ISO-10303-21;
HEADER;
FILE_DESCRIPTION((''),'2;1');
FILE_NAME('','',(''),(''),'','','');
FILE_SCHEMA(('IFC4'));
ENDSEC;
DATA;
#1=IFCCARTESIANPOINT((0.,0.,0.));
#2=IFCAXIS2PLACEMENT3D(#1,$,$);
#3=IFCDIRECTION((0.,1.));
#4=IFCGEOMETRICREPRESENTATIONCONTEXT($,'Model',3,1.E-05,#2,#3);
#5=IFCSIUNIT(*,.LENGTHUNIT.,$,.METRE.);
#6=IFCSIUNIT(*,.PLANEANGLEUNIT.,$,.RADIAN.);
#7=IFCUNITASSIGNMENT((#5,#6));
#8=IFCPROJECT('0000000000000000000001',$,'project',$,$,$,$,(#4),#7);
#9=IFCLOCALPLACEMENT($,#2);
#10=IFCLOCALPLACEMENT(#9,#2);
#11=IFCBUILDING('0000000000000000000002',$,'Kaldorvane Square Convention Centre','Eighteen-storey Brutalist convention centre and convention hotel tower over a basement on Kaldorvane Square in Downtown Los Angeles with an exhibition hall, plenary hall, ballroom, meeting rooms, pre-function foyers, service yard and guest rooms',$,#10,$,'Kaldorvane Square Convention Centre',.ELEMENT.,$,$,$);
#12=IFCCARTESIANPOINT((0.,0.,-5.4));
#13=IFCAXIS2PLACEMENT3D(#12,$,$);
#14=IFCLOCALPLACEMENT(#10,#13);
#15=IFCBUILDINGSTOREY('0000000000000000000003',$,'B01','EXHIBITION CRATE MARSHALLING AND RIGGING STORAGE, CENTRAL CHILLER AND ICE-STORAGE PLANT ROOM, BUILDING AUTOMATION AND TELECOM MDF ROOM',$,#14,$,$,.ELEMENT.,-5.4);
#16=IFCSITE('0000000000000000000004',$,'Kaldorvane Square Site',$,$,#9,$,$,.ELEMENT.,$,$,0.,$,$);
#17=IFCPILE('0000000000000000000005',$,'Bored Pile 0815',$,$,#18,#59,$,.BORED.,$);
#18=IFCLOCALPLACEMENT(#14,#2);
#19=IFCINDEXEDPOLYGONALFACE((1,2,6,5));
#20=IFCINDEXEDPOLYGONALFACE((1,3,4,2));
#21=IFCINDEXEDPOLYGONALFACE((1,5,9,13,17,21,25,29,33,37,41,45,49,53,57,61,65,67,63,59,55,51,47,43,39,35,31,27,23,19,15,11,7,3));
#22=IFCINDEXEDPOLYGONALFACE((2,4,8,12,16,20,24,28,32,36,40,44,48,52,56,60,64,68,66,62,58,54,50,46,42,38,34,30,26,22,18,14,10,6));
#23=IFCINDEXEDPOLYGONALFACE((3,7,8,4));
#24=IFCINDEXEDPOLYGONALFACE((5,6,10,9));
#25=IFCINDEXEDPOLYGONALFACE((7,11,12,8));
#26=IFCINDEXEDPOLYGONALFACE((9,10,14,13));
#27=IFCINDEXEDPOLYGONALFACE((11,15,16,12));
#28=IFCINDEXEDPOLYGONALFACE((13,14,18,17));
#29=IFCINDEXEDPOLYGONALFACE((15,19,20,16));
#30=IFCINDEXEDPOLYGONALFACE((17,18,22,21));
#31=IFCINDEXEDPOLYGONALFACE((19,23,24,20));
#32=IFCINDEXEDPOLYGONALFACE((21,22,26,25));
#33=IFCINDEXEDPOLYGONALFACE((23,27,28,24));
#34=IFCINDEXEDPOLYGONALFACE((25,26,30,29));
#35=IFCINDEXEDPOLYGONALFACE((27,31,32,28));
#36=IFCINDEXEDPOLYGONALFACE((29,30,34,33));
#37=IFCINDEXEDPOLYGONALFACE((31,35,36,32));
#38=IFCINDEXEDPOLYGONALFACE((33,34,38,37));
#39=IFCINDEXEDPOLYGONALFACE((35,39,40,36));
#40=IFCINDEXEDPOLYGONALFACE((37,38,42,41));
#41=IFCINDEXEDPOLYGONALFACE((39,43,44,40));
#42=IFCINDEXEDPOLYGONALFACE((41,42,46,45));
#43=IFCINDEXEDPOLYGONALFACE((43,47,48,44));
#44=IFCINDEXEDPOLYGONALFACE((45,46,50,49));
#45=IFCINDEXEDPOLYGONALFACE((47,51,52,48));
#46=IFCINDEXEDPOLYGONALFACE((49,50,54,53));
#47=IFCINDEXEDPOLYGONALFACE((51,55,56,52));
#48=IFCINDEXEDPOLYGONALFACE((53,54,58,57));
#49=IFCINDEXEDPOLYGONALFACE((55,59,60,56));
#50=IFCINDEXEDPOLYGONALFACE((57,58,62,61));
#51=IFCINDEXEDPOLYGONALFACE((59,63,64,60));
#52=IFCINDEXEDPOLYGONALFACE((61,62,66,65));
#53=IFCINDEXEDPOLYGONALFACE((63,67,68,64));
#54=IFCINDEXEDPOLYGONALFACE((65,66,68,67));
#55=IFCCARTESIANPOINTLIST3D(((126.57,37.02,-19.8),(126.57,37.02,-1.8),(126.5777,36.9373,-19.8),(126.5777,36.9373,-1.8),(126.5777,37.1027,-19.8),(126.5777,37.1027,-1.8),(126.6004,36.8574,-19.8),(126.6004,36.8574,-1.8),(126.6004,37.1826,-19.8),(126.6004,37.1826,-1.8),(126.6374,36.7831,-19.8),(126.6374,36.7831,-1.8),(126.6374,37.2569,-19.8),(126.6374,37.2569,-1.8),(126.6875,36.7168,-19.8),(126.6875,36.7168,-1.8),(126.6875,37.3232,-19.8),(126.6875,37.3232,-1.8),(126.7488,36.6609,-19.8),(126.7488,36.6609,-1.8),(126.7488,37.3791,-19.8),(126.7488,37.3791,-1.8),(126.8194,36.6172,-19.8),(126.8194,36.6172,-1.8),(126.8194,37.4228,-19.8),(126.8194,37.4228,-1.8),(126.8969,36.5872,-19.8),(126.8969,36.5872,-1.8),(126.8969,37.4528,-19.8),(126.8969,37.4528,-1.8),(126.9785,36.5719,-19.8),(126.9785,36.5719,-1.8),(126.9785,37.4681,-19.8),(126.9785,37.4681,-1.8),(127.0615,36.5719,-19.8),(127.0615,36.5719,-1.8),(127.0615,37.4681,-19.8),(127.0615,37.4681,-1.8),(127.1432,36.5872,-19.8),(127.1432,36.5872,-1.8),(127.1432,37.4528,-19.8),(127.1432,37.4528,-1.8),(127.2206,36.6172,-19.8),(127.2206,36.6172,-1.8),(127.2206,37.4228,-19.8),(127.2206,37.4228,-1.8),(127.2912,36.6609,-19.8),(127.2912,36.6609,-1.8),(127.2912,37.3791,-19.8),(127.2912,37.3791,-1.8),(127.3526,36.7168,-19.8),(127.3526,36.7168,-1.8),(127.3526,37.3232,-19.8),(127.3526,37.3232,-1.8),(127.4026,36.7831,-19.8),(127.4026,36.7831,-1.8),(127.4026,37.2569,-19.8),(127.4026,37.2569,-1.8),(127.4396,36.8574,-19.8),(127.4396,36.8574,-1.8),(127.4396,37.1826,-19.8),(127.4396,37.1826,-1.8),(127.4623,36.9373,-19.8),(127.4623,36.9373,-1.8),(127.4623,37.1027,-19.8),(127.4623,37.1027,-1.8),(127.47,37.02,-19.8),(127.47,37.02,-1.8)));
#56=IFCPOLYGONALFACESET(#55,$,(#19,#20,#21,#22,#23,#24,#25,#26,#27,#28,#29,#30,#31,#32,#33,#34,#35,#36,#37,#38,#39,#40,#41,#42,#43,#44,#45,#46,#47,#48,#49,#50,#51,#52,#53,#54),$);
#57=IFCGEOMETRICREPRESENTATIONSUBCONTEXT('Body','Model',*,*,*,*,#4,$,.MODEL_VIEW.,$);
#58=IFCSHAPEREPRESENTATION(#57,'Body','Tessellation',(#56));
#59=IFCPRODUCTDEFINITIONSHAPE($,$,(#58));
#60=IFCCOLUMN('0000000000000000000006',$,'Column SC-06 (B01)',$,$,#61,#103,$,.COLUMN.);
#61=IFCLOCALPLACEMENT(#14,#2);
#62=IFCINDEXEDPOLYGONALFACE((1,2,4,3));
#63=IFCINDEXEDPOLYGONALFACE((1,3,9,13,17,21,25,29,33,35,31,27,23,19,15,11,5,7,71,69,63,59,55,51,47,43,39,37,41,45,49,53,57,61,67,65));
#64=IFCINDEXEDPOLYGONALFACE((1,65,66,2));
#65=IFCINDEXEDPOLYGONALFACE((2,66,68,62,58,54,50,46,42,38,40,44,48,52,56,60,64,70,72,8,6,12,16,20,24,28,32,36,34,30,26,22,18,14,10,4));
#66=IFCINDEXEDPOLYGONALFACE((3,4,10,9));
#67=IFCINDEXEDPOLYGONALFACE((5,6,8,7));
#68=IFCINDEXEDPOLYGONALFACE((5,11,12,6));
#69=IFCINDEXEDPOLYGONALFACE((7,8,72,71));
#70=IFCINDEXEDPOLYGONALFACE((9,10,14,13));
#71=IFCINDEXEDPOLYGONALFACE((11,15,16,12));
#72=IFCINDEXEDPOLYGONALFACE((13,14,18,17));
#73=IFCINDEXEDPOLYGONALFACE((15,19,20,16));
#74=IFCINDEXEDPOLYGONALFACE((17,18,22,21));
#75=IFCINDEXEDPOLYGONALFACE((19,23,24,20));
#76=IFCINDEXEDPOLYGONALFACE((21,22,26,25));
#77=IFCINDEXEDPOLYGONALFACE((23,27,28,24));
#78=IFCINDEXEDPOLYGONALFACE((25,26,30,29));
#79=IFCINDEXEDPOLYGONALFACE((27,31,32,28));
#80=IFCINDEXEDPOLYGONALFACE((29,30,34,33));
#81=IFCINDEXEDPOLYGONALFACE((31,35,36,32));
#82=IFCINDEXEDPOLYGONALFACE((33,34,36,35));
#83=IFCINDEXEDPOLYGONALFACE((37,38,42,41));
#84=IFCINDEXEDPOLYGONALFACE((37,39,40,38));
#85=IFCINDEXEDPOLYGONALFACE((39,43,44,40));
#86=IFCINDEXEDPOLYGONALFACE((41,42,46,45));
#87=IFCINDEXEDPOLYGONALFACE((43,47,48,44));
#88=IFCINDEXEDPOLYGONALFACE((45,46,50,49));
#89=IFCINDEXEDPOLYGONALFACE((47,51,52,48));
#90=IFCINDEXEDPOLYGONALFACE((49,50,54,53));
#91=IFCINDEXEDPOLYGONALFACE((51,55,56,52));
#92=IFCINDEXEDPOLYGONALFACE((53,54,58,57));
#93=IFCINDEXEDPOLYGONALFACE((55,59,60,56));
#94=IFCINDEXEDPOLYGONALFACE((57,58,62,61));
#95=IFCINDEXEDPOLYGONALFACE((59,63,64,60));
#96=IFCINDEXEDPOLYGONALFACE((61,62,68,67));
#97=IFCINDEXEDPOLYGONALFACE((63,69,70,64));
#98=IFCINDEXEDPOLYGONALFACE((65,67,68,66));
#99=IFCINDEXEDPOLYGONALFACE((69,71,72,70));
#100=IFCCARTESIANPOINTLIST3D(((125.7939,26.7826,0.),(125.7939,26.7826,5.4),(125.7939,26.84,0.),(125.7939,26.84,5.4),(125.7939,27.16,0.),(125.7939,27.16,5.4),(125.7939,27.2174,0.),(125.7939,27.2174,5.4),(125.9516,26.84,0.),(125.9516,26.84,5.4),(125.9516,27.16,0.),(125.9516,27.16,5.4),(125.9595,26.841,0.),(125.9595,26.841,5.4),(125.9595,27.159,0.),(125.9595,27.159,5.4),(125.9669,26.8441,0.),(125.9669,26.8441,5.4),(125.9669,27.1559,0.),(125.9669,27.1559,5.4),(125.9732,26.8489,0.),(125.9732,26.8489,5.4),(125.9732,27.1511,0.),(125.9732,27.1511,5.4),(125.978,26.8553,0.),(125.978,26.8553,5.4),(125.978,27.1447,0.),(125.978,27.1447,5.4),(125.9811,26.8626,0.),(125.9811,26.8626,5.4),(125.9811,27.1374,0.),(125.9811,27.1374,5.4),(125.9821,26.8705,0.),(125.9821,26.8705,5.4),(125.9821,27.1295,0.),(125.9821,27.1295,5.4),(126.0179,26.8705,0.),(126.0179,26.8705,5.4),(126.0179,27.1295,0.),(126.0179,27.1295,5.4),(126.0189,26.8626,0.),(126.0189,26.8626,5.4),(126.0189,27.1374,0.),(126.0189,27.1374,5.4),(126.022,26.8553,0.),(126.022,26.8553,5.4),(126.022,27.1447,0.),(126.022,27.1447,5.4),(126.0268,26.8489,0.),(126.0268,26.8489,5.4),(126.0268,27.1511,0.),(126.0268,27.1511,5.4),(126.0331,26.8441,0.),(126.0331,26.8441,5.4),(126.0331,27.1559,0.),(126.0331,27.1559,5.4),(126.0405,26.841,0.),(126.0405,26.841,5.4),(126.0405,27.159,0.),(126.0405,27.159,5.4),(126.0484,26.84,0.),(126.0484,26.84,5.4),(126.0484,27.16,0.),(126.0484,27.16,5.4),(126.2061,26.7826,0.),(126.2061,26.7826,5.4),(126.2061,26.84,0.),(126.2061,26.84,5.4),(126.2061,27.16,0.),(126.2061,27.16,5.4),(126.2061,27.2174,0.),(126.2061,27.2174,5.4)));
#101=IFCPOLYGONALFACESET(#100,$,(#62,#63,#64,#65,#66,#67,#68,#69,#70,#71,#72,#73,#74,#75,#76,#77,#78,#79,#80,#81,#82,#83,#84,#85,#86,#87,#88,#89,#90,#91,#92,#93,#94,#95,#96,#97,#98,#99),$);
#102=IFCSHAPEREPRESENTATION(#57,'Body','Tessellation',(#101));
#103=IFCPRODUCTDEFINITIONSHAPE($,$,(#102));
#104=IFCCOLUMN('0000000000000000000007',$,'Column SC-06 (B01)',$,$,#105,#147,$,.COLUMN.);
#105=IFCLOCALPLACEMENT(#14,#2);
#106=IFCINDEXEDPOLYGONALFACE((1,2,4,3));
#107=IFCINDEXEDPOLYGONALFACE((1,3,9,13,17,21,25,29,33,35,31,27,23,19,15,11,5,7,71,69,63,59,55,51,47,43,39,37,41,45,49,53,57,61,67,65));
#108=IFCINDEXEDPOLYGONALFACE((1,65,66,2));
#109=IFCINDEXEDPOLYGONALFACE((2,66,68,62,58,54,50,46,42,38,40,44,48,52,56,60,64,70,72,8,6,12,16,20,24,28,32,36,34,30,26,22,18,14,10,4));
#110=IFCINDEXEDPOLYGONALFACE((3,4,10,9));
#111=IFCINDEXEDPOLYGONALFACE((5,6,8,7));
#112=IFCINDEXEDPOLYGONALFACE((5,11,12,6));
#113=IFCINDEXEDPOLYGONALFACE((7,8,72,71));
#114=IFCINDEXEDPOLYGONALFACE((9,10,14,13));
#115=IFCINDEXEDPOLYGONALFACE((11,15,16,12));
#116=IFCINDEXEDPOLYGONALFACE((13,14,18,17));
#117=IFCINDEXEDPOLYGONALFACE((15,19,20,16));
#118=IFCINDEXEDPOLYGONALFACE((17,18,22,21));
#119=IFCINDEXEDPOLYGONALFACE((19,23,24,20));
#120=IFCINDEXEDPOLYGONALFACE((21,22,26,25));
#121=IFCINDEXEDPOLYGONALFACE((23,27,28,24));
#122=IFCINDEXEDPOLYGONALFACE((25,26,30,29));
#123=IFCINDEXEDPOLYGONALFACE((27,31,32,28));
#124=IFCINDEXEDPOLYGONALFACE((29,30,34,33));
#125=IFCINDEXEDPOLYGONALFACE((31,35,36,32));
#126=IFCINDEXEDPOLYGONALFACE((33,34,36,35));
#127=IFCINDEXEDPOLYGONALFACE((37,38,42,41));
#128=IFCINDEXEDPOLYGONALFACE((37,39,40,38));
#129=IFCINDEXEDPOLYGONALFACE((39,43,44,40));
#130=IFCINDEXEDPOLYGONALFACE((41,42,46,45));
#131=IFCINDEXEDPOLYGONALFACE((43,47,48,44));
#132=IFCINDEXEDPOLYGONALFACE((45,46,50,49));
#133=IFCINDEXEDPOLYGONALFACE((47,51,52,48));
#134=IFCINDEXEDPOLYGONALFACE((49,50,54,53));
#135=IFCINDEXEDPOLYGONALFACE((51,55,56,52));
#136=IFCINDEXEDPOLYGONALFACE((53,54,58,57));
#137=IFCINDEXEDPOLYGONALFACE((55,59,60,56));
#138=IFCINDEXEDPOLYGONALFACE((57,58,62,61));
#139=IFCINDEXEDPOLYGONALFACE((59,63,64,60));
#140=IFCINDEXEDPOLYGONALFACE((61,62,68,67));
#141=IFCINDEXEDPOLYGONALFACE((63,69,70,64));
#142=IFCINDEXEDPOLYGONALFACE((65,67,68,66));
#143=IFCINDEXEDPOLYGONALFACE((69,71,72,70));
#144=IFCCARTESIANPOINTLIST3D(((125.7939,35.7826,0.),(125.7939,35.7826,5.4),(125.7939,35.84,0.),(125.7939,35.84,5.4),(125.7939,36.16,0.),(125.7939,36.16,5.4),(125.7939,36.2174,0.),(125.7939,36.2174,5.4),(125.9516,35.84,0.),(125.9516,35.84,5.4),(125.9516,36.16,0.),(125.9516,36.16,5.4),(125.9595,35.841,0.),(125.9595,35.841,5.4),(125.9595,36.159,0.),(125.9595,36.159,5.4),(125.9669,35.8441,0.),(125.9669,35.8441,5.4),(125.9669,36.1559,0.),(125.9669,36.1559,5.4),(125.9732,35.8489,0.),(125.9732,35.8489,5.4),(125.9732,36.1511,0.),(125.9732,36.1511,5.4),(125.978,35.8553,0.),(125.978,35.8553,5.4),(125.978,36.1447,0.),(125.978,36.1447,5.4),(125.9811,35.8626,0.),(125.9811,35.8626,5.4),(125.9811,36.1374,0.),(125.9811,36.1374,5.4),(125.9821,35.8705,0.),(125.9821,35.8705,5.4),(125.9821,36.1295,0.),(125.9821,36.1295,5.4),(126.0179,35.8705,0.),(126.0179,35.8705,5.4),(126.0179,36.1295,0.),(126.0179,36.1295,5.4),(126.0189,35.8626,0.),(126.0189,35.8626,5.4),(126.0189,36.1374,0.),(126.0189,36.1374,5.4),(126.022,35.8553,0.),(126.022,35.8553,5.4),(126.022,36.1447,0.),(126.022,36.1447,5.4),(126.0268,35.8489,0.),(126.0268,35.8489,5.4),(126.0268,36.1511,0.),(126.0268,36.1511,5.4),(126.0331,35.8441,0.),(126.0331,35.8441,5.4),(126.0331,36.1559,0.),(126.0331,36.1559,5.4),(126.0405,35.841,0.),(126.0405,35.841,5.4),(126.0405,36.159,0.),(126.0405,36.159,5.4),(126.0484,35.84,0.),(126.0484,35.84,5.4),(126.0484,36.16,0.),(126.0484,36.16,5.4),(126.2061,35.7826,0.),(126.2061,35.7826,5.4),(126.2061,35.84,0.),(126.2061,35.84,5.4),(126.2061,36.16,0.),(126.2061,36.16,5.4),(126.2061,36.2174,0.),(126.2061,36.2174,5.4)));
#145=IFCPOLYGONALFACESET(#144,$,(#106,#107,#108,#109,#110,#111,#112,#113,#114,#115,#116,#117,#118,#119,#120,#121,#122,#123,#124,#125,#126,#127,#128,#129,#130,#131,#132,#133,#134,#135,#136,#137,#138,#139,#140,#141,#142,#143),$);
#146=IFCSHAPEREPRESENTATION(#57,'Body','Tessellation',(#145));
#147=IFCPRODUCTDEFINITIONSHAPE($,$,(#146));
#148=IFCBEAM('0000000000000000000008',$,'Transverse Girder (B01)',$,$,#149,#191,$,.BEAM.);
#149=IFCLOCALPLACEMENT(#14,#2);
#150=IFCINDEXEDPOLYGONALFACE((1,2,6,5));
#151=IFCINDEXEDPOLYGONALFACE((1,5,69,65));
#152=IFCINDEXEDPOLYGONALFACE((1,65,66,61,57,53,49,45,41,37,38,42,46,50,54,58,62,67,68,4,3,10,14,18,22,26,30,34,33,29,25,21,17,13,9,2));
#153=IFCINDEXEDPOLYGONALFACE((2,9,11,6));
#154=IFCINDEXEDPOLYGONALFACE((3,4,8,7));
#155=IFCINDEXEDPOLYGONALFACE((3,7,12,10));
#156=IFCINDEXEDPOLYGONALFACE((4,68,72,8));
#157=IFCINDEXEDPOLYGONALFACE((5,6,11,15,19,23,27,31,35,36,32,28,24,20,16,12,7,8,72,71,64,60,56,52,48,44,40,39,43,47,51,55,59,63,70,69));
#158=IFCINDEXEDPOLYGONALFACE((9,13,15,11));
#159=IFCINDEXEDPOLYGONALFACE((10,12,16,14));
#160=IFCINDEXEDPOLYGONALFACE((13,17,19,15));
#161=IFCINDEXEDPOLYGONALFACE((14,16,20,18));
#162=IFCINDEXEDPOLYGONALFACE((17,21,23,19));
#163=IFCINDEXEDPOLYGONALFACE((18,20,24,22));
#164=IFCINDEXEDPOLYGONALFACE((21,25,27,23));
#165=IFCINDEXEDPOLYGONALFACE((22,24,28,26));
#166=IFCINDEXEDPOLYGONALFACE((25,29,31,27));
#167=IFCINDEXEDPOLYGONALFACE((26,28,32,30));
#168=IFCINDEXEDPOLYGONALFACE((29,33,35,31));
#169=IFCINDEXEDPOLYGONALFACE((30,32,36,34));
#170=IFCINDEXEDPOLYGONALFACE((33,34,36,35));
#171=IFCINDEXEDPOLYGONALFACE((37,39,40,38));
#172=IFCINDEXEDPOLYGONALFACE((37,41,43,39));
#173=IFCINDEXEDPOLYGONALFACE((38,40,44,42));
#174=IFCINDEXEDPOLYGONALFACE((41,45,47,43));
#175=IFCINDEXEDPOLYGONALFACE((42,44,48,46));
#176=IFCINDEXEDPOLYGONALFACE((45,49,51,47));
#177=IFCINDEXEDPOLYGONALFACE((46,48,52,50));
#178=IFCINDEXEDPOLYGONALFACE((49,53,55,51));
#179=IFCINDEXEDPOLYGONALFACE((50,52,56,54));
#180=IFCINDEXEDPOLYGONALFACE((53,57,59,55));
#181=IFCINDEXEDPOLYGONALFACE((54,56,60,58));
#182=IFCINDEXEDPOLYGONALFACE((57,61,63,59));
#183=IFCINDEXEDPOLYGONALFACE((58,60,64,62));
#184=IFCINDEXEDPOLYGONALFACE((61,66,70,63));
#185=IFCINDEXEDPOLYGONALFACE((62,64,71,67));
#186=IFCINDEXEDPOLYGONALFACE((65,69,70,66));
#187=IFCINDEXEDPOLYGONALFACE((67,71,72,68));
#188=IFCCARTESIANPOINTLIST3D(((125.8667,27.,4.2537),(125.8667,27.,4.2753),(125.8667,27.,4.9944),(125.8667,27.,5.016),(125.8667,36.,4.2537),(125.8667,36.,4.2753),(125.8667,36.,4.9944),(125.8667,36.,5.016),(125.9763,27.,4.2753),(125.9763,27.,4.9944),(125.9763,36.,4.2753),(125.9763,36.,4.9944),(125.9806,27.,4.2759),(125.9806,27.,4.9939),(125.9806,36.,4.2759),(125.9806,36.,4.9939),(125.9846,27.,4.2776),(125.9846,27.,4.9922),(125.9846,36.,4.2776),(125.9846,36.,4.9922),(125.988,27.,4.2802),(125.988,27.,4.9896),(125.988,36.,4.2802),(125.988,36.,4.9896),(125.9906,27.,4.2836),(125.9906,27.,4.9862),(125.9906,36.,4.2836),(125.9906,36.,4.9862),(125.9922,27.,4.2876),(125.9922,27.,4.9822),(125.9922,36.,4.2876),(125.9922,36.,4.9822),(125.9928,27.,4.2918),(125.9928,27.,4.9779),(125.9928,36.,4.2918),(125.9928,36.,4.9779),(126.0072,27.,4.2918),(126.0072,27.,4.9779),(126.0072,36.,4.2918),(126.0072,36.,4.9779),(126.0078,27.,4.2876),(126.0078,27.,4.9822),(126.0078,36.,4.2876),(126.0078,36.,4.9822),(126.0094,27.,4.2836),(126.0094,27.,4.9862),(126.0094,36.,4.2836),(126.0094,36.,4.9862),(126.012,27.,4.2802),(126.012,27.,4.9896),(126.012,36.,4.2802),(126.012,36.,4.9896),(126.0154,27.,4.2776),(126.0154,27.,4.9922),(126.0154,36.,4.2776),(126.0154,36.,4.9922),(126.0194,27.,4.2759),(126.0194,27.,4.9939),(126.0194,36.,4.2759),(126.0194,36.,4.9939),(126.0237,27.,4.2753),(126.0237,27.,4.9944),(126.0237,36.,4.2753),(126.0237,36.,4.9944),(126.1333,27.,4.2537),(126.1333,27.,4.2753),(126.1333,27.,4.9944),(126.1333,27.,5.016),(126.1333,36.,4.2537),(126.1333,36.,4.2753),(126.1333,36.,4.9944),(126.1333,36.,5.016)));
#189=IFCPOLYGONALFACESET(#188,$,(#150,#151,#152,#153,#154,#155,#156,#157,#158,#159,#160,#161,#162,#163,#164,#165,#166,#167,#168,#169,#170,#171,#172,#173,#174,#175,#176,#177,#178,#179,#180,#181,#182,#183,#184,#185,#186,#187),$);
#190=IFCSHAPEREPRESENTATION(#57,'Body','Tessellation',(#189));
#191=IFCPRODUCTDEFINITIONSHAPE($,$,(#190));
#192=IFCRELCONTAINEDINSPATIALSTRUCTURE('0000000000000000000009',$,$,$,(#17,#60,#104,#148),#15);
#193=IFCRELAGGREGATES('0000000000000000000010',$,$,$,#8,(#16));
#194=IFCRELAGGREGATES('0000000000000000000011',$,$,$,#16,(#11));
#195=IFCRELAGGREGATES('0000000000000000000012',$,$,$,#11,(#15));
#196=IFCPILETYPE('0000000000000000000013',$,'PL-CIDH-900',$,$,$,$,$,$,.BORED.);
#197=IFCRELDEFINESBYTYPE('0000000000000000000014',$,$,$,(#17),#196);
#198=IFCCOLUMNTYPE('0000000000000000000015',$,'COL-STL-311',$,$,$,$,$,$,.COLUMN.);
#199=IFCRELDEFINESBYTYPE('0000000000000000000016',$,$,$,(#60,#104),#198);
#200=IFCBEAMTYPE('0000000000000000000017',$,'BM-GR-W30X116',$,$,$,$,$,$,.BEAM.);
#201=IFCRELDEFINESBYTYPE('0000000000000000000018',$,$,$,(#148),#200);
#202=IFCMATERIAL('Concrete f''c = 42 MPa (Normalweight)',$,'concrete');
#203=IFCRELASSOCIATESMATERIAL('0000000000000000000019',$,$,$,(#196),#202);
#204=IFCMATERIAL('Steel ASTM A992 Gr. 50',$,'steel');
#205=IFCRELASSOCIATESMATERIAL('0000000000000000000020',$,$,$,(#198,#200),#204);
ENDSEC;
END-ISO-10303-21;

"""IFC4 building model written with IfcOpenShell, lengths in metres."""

from ifc_helpers import new_model, si_unit, direction, frame, origin, origin_2d, place, context, subcontext, project, spatial, circle, i_section, extrude, material, material_profile, profile_set, type_object, element, save


model = new_model("IFC4")

# Units and contexts
model_context = context("Model", 3, precision=1e-05, world=origin(), true_north=direction((0.0, 1.0)))
body_context = subcontext(model_context, "Body", "Model", "MODEL_VIEW")
ifc_project = project(units=[si_unit("LENGTHUNIT", "METRE"), si_unit("PLANEANGLEUNIT", "RADIAN")], contexts=[model_context])

# Site, building, storey
site_placement = place(None, origin())
site = spatial("IfcSite", under=ifc_project, at=site_placement, Name="Kaldorvane Square Site", CompositionType="ELEMENT", RefElevation=0.0)
building_placement = place(site_placement, origin())
building = spatial("IfcBuilding", under=site, at=building_placement, Name="Kaldorvane Square Convention Centre", Description="Eighteen-storey Brutalist convention centre and convention hotel tower over a basement on Kaldorvane Square in Downtown Los Angeles with an exhibition hall, plenary hall, ballroom, meeting rooms, pre-function foyers, service yard and guest rooms", LongName="Kaldorvane Square Convention Centre", CompositionType="ELEMENT")
storey_placement = place(building_placement, frame((0.0, 0.0, -5.4)))
storey = spatial("IfcBuildingStorey", under=building, at=storey_placement, Name="B01", Description="EXHIBITION CRATE MARSHALLING AND RIGGING STORAGE, CENTRAL CHILLER AND ICE-STORAGE PLANT ROOM, BUILDING AUTOMATION AND TELECOM MDF ROOM", CompositionType="ELEMENT", Elevation=-5.4)

# Shared definitions
ifc_material_1 = material(Name="Concrete f'c = 42 MPa (Normalweight)", Category="concrete")

# Pile
ifc_material_profile_1 = material_profile(ifc_material_1, circle(Radius=0.45, at=origin_2d()), Name="PILE-D900")
ifc_profile_set_1 = profile_set([ifc_material_profile_1], Name="Concrete f'c = 42 MPa (Normalweight)")
pile_type_1 = type_object("IfcPileType", Name="PL-CIDH-900", PredefinedType="BORED", material=ifc_profile_set_1)
for number, where, z_axis, x_axis, name in (
    (1, (127.02, 37.02, -1.8), (0.0, 0.0, -1.0), (1.0, 0.0, 0.0), "Bored Pile 0815"),
):
    element("IfcPile", number, at=place(storey_placement, frame(where, z_axis=z_axis, x_axis=x_axis)), inside=storey, type_object=pile_type_1, Name=name, PredefinedType="BORED", context=body_context, shape_type="SweptSolid", body=[
        extrude(circle(Radius=0.45, at=origin_2d()), origin(), (0.0, 0.0, 1.0), 18.0),
    ])

# Columns
ifc_material_2 = material(Name="Steel ASTM A992 Gr. 50", Category="steel")
ifc_material_profile_2 = material_profile(ifc_material_2, i_section(OverallWidth=0.4122, OverallDepth=0.4348, WebThickness=0.0358, FlangeThickness=0.0574, FilletRadius=0.0305, at=origin_2d()), Name="W14X311")
ifc_profile_set_2 = profile_set([ifc_material_profile_2], Name="Steel ASTM A992 Gr. 50")
column_type = type_object("IfcColumnType", Name="COL-STL-311", PredefinedType="COLUMN", material=ifc_profile_set_2)
for number, where, z_axis, x_axis, name in (
    (2, (126.0, 27.0, 0.0), (0.0, 0.0, 1.0), (1.0, 0.0, 0.0), "Column SC-06 (B01)"),
    (3, (126.0, 36.0, 0.0), (0.0, 0.0, 1.0), (1.0, 0.0, 0.0), "Column SC-06 (B01)"),
):
    element("IfcColumn", number, at=place(storey_placement, frame(where, z_axis=z_axis, x_axis=x_axis)), inside=storey, type_object=column_type, Name=name, PredefinedType="COLUMN", context=body_context, shape_type="SweptSolid", body=[
        extrude(i_section(OverallWidth=0.4122, OverallDepth=0.4348, WebThickness=0.0358, FlangeThickness=0.0574, FilletRadius=0.0305, at=origin_2d()), origin(), (0.0, 0.0, 1.0), 5.4),
    ])

# Beam
ifc_material_profile_3 = material_profile(ifc_material_2, i_section(OverallWidth=0.2666, OverallDepth=0.7623, WebThickness=0.0144, FlangeThickness=0.0216, FilletRadius=0.0165, at=origin_2d()), Name="W30X116")
ifc_profile_set_3 = profile_set([ifc_material_profile_3], Name="Steel ASTM A992 Gr. 50")
beam_type_1 = type_object("IfcBeamType", Name="BM-GR-W30X116", PredefinedType="BEAM", material=ifc_profile_set_3)
for number, where, z_axis, x_axis, name in (
    (4, (126.0, 27.0, 4.6349), (0.0, 1.0, 0.0), (-1.0, 0.0, 0.0), "Transverse Girder (B01)"),
):
    element("IfcBeam", number, at=place(storey_placement, frame(where, z_axis=z_axis, x_axis=x_axis)), inside=storey, type_object=beam_type_1, Name=name, PredefinedType="BEAM", context=body_context, shape_type="SweptSolid", body=[
        extrude(i_section(OverallWidth=0.2666, OverallDepth=0.7623, WebThickness=0.0144, FlangeThickness=0.0216, FilletRadius=0.0165, at=origin_2d()), origin(), (0.0, 0.0, 1.0), 9.0),
    ])

save(model, "model.ifc")
